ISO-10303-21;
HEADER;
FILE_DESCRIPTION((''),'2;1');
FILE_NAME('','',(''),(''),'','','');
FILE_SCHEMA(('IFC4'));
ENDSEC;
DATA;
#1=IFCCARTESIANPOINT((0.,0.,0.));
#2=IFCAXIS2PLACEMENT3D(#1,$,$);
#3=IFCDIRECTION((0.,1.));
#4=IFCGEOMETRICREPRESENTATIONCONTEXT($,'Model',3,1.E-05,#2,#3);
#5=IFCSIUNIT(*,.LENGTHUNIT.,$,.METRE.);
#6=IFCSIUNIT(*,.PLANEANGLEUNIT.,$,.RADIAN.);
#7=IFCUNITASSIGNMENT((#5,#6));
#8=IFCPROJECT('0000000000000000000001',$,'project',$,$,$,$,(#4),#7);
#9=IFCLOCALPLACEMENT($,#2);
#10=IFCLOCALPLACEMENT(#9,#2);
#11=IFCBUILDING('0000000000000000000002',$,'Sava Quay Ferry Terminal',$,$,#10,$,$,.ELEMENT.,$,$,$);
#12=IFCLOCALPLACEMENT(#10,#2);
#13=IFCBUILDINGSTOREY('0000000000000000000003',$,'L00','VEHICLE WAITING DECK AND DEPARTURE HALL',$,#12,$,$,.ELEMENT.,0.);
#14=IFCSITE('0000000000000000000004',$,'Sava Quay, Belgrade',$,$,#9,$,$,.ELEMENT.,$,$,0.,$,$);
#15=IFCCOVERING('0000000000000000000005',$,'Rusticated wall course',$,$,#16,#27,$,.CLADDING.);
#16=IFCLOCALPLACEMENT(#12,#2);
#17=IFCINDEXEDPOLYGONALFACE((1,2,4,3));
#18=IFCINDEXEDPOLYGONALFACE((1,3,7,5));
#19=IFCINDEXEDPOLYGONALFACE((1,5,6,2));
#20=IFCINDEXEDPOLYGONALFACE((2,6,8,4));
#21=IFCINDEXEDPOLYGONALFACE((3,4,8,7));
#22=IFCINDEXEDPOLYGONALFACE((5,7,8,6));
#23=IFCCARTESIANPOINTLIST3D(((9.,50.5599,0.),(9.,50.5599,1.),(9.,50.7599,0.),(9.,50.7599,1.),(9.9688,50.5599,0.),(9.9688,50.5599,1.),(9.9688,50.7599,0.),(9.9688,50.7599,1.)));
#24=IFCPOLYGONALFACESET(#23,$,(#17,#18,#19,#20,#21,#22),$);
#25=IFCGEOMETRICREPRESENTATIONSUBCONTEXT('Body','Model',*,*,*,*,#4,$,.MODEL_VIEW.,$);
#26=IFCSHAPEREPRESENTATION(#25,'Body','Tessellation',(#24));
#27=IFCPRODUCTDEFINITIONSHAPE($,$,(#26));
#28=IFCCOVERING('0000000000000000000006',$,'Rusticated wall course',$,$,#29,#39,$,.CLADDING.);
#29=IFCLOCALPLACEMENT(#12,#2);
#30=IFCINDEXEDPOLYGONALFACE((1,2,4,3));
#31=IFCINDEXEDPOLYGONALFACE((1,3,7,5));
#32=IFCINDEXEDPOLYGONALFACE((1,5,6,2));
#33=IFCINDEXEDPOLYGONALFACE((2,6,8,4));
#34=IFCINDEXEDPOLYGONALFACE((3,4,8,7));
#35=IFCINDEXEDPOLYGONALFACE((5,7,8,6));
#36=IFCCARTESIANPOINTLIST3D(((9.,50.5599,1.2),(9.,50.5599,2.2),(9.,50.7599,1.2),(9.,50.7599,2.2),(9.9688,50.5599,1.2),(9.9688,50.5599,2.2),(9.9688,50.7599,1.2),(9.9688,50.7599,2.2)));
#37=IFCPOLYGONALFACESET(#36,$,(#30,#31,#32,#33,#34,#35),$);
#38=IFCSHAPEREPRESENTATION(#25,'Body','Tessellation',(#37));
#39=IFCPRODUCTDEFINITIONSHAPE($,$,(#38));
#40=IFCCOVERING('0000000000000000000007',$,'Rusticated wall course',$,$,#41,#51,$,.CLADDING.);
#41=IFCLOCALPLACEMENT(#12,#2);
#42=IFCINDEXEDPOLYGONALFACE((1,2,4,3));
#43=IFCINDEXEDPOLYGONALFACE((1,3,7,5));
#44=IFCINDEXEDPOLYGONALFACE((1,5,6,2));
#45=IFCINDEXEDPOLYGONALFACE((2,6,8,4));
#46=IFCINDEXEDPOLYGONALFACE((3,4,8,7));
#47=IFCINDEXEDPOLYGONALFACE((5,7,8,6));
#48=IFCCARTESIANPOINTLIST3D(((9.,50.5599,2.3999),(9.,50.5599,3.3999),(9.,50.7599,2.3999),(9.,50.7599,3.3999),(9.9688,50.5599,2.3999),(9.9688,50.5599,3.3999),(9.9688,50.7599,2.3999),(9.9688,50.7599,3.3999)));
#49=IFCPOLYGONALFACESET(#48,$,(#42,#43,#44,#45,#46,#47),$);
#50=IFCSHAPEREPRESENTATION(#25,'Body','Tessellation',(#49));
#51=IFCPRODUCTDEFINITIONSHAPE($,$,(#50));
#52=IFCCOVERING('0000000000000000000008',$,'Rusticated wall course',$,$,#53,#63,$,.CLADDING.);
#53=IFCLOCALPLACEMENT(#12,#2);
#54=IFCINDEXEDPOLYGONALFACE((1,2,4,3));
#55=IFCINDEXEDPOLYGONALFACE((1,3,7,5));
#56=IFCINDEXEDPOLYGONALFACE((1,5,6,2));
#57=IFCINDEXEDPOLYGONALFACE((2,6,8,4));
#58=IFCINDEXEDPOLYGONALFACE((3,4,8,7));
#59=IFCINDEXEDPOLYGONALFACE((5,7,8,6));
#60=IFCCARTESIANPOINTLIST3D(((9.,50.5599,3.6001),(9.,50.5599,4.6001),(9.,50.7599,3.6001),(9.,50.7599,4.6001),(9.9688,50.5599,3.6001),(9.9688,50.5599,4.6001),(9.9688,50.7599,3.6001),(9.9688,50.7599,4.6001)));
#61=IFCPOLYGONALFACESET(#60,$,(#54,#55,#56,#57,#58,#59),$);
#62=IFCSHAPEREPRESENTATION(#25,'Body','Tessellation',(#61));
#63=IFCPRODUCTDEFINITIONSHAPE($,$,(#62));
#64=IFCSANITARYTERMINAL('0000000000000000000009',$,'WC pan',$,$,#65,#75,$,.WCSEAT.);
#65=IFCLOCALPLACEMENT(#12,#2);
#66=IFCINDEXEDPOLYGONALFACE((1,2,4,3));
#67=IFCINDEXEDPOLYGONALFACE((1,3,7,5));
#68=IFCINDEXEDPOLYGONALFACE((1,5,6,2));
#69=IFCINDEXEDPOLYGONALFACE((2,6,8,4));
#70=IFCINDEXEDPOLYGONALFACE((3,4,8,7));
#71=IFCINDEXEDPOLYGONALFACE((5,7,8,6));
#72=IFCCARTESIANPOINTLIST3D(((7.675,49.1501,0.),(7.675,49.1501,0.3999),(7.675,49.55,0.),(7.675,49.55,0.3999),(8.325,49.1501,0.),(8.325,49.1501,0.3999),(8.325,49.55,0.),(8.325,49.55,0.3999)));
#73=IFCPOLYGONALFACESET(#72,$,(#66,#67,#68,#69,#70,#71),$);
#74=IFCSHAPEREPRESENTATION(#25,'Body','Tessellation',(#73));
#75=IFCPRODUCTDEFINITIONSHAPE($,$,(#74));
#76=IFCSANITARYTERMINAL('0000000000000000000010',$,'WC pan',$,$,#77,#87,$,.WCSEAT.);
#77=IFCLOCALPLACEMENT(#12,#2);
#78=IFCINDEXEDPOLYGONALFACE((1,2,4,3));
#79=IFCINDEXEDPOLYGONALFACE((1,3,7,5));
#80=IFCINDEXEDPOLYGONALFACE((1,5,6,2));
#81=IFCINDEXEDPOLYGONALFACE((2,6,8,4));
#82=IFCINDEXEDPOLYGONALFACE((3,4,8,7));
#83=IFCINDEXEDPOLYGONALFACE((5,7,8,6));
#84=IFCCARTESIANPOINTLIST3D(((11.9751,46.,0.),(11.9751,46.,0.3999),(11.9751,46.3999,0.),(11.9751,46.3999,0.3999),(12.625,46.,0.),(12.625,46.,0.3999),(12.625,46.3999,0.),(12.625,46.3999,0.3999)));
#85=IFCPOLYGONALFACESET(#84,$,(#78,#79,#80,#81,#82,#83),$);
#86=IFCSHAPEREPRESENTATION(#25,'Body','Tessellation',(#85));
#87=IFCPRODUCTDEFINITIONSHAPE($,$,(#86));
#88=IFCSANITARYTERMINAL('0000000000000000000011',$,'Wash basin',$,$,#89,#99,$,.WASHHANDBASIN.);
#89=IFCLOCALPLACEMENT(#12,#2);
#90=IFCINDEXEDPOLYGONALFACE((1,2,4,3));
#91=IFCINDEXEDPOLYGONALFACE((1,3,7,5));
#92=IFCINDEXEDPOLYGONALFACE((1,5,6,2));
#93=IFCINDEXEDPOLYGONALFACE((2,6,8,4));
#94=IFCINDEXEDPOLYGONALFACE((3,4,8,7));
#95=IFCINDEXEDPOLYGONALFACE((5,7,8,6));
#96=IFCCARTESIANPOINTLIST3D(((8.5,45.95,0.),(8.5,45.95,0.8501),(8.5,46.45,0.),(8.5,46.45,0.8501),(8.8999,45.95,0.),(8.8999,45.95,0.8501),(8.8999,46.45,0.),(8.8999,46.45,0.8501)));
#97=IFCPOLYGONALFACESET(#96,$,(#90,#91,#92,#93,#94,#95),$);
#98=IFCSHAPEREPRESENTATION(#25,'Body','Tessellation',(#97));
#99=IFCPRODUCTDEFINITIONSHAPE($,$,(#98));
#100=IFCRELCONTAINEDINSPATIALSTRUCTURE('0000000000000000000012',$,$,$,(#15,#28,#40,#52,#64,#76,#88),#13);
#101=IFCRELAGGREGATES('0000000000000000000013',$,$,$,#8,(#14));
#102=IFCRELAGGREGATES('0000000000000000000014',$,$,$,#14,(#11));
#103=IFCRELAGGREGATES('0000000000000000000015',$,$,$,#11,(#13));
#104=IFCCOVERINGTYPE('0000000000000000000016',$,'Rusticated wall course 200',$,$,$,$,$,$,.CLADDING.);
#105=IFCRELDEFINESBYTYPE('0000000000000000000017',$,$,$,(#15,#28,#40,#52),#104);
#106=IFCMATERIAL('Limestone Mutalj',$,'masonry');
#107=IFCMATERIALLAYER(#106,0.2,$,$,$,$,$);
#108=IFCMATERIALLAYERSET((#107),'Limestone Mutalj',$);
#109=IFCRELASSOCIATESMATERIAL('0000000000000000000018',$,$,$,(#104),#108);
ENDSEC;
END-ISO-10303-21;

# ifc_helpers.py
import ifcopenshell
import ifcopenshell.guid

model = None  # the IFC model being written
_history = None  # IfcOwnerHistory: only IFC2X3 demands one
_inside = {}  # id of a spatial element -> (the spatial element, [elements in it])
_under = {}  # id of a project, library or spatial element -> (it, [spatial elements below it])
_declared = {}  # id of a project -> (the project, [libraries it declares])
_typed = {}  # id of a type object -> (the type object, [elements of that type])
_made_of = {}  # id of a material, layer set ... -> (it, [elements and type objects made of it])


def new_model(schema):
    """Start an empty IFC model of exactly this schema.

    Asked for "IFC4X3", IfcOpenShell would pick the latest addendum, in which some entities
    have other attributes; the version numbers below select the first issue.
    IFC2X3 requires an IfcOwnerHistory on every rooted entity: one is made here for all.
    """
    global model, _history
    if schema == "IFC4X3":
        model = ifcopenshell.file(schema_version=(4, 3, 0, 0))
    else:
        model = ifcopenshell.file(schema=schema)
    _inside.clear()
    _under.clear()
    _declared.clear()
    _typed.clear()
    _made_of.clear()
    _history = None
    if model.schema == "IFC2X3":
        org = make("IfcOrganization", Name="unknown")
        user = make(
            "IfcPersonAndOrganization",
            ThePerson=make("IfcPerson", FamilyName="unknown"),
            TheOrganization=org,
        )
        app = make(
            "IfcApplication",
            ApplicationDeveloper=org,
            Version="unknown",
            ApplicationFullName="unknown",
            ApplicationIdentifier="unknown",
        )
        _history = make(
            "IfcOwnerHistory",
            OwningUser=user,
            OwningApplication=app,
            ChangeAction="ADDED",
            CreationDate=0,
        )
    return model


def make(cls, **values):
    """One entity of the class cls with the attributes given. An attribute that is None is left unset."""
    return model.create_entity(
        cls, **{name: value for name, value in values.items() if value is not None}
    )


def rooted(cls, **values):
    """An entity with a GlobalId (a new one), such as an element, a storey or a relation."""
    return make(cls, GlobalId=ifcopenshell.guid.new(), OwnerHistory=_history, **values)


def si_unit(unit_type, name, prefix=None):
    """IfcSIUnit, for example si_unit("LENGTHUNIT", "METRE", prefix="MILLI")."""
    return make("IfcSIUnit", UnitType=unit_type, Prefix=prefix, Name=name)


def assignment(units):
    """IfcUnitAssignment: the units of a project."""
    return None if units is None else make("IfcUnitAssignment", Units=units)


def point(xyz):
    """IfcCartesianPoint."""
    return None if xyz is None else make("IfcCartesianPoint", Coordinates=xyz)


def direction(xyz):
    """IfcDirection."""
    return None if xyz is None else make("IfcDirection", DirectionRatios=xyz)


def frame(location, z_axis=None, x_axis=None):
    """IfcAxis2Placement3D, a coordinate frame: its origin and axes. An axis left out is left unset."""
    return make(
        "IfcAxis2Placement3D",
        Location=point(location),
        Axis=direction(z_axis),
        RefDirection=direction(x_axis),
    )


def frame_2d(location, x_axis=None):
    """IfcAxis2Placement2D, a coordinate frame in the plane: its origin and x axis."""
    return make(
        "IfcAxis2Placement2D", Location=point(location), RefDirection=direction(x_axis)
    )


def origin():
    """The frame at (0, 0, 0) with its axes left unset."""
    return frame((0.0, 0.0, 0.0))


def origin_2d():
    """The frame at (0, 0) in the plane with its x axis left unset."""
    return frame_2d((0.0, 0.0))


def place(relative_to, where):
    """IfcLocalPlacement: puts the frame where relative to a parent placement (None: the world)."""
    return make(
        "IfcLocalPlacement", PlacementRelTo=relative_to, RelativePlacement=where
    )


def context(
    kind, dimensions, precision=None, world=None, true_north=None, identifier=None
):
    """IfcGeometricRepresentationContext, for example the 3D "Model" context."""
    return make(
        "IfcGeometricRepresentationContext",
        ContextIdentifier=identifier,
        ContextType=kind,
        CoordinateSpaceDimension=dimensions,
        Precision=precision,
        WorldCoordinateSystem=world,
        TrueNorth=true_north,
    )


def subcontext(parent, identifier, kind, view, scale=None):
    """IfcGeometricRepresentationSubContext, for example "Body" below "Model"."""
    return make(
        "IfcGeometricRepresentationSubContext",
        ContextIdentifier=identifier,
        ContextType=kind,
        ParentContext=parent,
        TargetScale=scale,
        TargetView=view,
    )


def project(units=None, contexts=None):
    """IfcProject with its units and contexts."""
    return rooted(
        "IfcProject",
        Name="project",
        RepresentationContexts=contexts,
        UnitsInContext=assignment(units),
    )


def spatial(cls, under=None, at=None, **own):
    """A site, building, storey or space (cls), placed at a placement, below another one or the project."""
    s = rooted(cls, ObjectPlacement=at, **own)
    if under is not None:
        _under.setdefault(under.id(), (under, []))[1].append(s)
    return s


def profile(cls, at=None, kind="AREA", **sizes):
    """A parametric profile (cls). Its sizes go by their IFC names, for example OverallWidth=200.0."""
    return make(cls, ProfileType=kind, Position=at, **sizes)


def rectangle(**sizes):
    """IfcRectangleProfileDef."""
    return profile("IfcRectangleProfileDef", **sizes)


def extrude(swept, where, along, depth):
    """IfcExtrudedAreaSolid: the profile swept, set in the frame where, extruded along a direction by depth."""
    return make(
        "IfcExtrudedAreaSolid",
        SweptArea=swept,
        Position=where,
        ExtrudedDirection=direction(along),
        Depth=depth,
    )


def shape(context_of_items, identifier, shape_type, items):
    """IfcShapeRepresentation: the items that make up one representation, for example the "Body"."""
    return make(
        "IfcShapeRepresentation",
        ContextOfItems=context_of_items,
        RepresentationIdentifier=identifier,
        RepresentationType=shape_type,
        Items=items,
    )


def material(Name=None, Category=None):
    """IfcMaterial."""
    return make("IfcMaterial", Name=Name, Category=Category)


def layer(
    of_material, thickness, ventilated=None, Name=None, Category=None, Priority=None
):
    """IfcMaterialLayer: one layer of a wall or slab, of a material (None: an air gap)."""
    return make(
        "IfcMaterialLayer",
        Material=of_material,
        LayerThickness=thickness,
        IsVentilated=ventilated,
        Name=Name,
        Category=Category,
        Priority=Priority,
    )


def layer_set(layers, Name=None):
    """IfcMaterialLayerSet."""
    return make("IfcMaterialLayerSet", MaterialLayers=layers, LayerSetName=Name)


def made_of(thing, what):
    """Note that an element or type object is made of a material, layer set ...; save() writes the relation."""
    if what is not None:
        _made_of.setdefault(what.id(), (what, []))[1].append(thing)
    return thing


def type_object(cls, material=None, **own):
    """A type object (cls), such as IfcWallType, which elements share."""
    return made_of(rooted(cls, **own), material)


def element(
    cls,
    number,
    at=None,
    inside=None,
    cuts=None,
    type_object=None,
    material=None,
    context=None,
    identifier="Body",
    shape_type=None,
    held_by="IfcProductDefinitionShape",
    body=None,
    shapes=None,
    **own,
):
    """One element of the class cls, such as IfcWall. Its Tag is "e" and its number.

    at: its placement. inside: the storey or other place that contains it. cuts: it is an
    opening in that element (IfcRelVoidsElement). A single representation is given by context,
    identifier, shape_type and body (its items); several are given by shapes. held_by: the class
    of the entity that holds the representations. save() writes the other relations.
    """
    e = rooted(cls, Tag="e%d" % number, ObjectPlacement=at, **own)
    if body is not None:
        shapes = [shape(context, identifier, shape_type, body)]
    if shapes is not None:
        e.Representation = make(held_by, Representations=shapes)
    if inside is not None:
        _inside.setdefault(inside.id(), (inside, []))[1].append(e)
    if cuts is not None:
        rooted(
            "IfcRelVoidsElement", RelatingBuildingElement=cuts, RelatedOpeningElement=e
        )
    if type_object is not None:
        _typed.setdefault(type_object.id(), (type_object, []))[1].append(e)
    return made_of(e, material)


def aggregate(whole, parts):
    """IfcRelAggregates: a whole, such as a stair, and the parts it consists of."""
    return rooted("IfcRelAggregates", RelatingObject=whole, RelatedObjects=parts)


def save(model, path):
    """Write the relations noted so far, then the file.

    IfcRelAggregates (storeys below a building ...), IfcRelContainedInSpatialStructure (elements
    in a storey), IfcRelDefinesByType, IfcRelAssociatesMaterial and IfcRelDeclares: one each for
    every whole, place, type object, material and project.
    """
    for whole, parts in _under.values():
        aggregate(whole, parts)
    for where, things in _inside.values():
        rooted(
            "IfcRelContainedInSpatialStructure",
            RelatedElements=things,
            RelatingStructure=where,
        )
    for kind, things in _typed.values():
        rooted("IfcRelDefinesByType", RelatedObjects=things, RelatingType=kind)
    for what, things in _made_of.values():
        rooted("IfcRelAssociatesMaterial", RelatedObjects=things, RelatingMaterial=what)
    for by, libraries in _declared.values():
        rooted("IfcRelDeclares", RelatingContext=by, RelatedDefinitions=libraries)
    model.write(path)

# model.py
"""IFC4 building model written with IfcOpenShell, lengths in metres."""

from ifc_helpers import new_model, si_unit, direction, frame, origin, origin_2d, place, context, subcontext, project, spatial, rectangle, extrude, material, layer, layer_set, type_object, element, save


model = new_model("IFC4")

# Units and contexts
model_context = context("Model", 3, precision=1e-05, world=origin(), true_north=direction((0.0, 1.0)))
body_context = subcontext(model_context, "Body", "Model", "MODEL_VIEW")
ifc_project = project(units=[si_unit("LENGTHUNIT", "METRE"), si_unit("PLANEANGLEUNIT", "RADIAN")], contexts=[model_context])

# Site, building, storey
site_placement = place(None, origin())
site = spatial("IfcSite", under=ifc_project, at=site_placement, Name="Sava Quay, Belgrade", CompositionType="ELEMENT", RefElevation=0.0)
building_placement = place(site_placement, origin())
building = spatial("IfcBuilding", under=site, at=building_placement, Name="Sava Quay Ferry Terminal", CompositionType="ELEMENT")
storey_placement = place(building_placement, origin())
storey = spatial("IfcBuildingStorey", under=building, at=storey_placement, Name="L00", Description="VEHICLE WAITING DECK AND DEPARTURE HALL", CompositionType="ELEMENT", Elevation=0.0)

# Coverings
ifc_material_1 = material(Name="Limestone Mutalj", Category="masonry")
ifc_layer_1 = layer(ifc_material_1, 0.2)
ifc_layer_set_1 = layer_set([ifc_layer_1], Name="Limestone Mutalj")
covering_type_1 = type_object("IfcCoveringType", Name="Rusticated wall course 200", PredefinedType="CLADDING", material=ifc_layer_set_1)
for number, where, z_axis, x_axis, name in (
    (1, (9.4844, 50.6599, 0.0), (0.0, 0.0, 1.0), (1.0, 0.0, 0.0), "Rusticated wall course"),
    (2, (9.4844, 50.6599, 1.2), (0.0, 0.0, 1.0), (1.0, 0.0, 0.0), "Rusticated wall course"),
    (3, (9.4844, 50.6599, 2.3999), (0.0, 0.0, 1.0), (1.0, 0.0, 0.0), "Rusticated wall course"),
    (4, (9.4844, 50.6599, 3.6001), (0.0, 0.0, 1.0), (1.0, 0.0, 0.0), "Rusticated wall course"),
):
    element("IfcCovering", number, at=place(storey_placement, frame(where, z_axis=z_axis, x_axis=x_axis)), inside=storey, type_object=covering_type_1, Name=name, PredefinedType="CLADDING", context=body_context, shape_type="SweptSolid", body=[
        extrude(rectangle(XDim=0.9688, YDim=0.2, at=origin_2d()), origin(), (0.0, 0.0, 1.0), 1.0),
    ])

# Sanitary terminals
for number, where, z_axis, x_axis, name in (
    (5, (8.0, 49.3501, 0.0), (0.0, 0.0, 1.0), (1.0, 0.0, 0.0), "WC pan"),
    (6, (12.3, 46.2, 0.0), (0.0, 0.0, 1.0), (1.0, 0.0, 0.0), "WC pan"),
):
    element("IfcSanitaryTerminal", number, at=place(storey_placement, frame(where, z_axis=z_axis, x_axis=x_axis)), inside=storey, Name=name, PredefinedType="WCSEAT", context=body_context, shape_type="SweptSolid", body=[
        extrude(rectangle(XDim=0.6499, YDim=0.3999, at=origin_2d()), origin(), (0.0, 0.0, 1.0), 0.3999),
    ])
sanitary_terminal_placement = place(storey_placement, frame((8.7, 46.2, 0.0), z_axis=(0.0, 0.0, 1.0), x_axis=(1.0, 0.0, 0.0)))
element("IfcSanitaryTerminal", 7, at=sanitary_terminal_placement, inside=storey, Name="Wash basin", PredefinedType="WASHHANDBASIN", context=body_context, shape_type="SweptSolid", body=[
    extrude(rectangle(XDim=0.3999, YDim=0.5, at=origin_2d()), origin(), (0.0, 0.0, 1.0), 0.8501),
])

save(model, "model.ifc")
